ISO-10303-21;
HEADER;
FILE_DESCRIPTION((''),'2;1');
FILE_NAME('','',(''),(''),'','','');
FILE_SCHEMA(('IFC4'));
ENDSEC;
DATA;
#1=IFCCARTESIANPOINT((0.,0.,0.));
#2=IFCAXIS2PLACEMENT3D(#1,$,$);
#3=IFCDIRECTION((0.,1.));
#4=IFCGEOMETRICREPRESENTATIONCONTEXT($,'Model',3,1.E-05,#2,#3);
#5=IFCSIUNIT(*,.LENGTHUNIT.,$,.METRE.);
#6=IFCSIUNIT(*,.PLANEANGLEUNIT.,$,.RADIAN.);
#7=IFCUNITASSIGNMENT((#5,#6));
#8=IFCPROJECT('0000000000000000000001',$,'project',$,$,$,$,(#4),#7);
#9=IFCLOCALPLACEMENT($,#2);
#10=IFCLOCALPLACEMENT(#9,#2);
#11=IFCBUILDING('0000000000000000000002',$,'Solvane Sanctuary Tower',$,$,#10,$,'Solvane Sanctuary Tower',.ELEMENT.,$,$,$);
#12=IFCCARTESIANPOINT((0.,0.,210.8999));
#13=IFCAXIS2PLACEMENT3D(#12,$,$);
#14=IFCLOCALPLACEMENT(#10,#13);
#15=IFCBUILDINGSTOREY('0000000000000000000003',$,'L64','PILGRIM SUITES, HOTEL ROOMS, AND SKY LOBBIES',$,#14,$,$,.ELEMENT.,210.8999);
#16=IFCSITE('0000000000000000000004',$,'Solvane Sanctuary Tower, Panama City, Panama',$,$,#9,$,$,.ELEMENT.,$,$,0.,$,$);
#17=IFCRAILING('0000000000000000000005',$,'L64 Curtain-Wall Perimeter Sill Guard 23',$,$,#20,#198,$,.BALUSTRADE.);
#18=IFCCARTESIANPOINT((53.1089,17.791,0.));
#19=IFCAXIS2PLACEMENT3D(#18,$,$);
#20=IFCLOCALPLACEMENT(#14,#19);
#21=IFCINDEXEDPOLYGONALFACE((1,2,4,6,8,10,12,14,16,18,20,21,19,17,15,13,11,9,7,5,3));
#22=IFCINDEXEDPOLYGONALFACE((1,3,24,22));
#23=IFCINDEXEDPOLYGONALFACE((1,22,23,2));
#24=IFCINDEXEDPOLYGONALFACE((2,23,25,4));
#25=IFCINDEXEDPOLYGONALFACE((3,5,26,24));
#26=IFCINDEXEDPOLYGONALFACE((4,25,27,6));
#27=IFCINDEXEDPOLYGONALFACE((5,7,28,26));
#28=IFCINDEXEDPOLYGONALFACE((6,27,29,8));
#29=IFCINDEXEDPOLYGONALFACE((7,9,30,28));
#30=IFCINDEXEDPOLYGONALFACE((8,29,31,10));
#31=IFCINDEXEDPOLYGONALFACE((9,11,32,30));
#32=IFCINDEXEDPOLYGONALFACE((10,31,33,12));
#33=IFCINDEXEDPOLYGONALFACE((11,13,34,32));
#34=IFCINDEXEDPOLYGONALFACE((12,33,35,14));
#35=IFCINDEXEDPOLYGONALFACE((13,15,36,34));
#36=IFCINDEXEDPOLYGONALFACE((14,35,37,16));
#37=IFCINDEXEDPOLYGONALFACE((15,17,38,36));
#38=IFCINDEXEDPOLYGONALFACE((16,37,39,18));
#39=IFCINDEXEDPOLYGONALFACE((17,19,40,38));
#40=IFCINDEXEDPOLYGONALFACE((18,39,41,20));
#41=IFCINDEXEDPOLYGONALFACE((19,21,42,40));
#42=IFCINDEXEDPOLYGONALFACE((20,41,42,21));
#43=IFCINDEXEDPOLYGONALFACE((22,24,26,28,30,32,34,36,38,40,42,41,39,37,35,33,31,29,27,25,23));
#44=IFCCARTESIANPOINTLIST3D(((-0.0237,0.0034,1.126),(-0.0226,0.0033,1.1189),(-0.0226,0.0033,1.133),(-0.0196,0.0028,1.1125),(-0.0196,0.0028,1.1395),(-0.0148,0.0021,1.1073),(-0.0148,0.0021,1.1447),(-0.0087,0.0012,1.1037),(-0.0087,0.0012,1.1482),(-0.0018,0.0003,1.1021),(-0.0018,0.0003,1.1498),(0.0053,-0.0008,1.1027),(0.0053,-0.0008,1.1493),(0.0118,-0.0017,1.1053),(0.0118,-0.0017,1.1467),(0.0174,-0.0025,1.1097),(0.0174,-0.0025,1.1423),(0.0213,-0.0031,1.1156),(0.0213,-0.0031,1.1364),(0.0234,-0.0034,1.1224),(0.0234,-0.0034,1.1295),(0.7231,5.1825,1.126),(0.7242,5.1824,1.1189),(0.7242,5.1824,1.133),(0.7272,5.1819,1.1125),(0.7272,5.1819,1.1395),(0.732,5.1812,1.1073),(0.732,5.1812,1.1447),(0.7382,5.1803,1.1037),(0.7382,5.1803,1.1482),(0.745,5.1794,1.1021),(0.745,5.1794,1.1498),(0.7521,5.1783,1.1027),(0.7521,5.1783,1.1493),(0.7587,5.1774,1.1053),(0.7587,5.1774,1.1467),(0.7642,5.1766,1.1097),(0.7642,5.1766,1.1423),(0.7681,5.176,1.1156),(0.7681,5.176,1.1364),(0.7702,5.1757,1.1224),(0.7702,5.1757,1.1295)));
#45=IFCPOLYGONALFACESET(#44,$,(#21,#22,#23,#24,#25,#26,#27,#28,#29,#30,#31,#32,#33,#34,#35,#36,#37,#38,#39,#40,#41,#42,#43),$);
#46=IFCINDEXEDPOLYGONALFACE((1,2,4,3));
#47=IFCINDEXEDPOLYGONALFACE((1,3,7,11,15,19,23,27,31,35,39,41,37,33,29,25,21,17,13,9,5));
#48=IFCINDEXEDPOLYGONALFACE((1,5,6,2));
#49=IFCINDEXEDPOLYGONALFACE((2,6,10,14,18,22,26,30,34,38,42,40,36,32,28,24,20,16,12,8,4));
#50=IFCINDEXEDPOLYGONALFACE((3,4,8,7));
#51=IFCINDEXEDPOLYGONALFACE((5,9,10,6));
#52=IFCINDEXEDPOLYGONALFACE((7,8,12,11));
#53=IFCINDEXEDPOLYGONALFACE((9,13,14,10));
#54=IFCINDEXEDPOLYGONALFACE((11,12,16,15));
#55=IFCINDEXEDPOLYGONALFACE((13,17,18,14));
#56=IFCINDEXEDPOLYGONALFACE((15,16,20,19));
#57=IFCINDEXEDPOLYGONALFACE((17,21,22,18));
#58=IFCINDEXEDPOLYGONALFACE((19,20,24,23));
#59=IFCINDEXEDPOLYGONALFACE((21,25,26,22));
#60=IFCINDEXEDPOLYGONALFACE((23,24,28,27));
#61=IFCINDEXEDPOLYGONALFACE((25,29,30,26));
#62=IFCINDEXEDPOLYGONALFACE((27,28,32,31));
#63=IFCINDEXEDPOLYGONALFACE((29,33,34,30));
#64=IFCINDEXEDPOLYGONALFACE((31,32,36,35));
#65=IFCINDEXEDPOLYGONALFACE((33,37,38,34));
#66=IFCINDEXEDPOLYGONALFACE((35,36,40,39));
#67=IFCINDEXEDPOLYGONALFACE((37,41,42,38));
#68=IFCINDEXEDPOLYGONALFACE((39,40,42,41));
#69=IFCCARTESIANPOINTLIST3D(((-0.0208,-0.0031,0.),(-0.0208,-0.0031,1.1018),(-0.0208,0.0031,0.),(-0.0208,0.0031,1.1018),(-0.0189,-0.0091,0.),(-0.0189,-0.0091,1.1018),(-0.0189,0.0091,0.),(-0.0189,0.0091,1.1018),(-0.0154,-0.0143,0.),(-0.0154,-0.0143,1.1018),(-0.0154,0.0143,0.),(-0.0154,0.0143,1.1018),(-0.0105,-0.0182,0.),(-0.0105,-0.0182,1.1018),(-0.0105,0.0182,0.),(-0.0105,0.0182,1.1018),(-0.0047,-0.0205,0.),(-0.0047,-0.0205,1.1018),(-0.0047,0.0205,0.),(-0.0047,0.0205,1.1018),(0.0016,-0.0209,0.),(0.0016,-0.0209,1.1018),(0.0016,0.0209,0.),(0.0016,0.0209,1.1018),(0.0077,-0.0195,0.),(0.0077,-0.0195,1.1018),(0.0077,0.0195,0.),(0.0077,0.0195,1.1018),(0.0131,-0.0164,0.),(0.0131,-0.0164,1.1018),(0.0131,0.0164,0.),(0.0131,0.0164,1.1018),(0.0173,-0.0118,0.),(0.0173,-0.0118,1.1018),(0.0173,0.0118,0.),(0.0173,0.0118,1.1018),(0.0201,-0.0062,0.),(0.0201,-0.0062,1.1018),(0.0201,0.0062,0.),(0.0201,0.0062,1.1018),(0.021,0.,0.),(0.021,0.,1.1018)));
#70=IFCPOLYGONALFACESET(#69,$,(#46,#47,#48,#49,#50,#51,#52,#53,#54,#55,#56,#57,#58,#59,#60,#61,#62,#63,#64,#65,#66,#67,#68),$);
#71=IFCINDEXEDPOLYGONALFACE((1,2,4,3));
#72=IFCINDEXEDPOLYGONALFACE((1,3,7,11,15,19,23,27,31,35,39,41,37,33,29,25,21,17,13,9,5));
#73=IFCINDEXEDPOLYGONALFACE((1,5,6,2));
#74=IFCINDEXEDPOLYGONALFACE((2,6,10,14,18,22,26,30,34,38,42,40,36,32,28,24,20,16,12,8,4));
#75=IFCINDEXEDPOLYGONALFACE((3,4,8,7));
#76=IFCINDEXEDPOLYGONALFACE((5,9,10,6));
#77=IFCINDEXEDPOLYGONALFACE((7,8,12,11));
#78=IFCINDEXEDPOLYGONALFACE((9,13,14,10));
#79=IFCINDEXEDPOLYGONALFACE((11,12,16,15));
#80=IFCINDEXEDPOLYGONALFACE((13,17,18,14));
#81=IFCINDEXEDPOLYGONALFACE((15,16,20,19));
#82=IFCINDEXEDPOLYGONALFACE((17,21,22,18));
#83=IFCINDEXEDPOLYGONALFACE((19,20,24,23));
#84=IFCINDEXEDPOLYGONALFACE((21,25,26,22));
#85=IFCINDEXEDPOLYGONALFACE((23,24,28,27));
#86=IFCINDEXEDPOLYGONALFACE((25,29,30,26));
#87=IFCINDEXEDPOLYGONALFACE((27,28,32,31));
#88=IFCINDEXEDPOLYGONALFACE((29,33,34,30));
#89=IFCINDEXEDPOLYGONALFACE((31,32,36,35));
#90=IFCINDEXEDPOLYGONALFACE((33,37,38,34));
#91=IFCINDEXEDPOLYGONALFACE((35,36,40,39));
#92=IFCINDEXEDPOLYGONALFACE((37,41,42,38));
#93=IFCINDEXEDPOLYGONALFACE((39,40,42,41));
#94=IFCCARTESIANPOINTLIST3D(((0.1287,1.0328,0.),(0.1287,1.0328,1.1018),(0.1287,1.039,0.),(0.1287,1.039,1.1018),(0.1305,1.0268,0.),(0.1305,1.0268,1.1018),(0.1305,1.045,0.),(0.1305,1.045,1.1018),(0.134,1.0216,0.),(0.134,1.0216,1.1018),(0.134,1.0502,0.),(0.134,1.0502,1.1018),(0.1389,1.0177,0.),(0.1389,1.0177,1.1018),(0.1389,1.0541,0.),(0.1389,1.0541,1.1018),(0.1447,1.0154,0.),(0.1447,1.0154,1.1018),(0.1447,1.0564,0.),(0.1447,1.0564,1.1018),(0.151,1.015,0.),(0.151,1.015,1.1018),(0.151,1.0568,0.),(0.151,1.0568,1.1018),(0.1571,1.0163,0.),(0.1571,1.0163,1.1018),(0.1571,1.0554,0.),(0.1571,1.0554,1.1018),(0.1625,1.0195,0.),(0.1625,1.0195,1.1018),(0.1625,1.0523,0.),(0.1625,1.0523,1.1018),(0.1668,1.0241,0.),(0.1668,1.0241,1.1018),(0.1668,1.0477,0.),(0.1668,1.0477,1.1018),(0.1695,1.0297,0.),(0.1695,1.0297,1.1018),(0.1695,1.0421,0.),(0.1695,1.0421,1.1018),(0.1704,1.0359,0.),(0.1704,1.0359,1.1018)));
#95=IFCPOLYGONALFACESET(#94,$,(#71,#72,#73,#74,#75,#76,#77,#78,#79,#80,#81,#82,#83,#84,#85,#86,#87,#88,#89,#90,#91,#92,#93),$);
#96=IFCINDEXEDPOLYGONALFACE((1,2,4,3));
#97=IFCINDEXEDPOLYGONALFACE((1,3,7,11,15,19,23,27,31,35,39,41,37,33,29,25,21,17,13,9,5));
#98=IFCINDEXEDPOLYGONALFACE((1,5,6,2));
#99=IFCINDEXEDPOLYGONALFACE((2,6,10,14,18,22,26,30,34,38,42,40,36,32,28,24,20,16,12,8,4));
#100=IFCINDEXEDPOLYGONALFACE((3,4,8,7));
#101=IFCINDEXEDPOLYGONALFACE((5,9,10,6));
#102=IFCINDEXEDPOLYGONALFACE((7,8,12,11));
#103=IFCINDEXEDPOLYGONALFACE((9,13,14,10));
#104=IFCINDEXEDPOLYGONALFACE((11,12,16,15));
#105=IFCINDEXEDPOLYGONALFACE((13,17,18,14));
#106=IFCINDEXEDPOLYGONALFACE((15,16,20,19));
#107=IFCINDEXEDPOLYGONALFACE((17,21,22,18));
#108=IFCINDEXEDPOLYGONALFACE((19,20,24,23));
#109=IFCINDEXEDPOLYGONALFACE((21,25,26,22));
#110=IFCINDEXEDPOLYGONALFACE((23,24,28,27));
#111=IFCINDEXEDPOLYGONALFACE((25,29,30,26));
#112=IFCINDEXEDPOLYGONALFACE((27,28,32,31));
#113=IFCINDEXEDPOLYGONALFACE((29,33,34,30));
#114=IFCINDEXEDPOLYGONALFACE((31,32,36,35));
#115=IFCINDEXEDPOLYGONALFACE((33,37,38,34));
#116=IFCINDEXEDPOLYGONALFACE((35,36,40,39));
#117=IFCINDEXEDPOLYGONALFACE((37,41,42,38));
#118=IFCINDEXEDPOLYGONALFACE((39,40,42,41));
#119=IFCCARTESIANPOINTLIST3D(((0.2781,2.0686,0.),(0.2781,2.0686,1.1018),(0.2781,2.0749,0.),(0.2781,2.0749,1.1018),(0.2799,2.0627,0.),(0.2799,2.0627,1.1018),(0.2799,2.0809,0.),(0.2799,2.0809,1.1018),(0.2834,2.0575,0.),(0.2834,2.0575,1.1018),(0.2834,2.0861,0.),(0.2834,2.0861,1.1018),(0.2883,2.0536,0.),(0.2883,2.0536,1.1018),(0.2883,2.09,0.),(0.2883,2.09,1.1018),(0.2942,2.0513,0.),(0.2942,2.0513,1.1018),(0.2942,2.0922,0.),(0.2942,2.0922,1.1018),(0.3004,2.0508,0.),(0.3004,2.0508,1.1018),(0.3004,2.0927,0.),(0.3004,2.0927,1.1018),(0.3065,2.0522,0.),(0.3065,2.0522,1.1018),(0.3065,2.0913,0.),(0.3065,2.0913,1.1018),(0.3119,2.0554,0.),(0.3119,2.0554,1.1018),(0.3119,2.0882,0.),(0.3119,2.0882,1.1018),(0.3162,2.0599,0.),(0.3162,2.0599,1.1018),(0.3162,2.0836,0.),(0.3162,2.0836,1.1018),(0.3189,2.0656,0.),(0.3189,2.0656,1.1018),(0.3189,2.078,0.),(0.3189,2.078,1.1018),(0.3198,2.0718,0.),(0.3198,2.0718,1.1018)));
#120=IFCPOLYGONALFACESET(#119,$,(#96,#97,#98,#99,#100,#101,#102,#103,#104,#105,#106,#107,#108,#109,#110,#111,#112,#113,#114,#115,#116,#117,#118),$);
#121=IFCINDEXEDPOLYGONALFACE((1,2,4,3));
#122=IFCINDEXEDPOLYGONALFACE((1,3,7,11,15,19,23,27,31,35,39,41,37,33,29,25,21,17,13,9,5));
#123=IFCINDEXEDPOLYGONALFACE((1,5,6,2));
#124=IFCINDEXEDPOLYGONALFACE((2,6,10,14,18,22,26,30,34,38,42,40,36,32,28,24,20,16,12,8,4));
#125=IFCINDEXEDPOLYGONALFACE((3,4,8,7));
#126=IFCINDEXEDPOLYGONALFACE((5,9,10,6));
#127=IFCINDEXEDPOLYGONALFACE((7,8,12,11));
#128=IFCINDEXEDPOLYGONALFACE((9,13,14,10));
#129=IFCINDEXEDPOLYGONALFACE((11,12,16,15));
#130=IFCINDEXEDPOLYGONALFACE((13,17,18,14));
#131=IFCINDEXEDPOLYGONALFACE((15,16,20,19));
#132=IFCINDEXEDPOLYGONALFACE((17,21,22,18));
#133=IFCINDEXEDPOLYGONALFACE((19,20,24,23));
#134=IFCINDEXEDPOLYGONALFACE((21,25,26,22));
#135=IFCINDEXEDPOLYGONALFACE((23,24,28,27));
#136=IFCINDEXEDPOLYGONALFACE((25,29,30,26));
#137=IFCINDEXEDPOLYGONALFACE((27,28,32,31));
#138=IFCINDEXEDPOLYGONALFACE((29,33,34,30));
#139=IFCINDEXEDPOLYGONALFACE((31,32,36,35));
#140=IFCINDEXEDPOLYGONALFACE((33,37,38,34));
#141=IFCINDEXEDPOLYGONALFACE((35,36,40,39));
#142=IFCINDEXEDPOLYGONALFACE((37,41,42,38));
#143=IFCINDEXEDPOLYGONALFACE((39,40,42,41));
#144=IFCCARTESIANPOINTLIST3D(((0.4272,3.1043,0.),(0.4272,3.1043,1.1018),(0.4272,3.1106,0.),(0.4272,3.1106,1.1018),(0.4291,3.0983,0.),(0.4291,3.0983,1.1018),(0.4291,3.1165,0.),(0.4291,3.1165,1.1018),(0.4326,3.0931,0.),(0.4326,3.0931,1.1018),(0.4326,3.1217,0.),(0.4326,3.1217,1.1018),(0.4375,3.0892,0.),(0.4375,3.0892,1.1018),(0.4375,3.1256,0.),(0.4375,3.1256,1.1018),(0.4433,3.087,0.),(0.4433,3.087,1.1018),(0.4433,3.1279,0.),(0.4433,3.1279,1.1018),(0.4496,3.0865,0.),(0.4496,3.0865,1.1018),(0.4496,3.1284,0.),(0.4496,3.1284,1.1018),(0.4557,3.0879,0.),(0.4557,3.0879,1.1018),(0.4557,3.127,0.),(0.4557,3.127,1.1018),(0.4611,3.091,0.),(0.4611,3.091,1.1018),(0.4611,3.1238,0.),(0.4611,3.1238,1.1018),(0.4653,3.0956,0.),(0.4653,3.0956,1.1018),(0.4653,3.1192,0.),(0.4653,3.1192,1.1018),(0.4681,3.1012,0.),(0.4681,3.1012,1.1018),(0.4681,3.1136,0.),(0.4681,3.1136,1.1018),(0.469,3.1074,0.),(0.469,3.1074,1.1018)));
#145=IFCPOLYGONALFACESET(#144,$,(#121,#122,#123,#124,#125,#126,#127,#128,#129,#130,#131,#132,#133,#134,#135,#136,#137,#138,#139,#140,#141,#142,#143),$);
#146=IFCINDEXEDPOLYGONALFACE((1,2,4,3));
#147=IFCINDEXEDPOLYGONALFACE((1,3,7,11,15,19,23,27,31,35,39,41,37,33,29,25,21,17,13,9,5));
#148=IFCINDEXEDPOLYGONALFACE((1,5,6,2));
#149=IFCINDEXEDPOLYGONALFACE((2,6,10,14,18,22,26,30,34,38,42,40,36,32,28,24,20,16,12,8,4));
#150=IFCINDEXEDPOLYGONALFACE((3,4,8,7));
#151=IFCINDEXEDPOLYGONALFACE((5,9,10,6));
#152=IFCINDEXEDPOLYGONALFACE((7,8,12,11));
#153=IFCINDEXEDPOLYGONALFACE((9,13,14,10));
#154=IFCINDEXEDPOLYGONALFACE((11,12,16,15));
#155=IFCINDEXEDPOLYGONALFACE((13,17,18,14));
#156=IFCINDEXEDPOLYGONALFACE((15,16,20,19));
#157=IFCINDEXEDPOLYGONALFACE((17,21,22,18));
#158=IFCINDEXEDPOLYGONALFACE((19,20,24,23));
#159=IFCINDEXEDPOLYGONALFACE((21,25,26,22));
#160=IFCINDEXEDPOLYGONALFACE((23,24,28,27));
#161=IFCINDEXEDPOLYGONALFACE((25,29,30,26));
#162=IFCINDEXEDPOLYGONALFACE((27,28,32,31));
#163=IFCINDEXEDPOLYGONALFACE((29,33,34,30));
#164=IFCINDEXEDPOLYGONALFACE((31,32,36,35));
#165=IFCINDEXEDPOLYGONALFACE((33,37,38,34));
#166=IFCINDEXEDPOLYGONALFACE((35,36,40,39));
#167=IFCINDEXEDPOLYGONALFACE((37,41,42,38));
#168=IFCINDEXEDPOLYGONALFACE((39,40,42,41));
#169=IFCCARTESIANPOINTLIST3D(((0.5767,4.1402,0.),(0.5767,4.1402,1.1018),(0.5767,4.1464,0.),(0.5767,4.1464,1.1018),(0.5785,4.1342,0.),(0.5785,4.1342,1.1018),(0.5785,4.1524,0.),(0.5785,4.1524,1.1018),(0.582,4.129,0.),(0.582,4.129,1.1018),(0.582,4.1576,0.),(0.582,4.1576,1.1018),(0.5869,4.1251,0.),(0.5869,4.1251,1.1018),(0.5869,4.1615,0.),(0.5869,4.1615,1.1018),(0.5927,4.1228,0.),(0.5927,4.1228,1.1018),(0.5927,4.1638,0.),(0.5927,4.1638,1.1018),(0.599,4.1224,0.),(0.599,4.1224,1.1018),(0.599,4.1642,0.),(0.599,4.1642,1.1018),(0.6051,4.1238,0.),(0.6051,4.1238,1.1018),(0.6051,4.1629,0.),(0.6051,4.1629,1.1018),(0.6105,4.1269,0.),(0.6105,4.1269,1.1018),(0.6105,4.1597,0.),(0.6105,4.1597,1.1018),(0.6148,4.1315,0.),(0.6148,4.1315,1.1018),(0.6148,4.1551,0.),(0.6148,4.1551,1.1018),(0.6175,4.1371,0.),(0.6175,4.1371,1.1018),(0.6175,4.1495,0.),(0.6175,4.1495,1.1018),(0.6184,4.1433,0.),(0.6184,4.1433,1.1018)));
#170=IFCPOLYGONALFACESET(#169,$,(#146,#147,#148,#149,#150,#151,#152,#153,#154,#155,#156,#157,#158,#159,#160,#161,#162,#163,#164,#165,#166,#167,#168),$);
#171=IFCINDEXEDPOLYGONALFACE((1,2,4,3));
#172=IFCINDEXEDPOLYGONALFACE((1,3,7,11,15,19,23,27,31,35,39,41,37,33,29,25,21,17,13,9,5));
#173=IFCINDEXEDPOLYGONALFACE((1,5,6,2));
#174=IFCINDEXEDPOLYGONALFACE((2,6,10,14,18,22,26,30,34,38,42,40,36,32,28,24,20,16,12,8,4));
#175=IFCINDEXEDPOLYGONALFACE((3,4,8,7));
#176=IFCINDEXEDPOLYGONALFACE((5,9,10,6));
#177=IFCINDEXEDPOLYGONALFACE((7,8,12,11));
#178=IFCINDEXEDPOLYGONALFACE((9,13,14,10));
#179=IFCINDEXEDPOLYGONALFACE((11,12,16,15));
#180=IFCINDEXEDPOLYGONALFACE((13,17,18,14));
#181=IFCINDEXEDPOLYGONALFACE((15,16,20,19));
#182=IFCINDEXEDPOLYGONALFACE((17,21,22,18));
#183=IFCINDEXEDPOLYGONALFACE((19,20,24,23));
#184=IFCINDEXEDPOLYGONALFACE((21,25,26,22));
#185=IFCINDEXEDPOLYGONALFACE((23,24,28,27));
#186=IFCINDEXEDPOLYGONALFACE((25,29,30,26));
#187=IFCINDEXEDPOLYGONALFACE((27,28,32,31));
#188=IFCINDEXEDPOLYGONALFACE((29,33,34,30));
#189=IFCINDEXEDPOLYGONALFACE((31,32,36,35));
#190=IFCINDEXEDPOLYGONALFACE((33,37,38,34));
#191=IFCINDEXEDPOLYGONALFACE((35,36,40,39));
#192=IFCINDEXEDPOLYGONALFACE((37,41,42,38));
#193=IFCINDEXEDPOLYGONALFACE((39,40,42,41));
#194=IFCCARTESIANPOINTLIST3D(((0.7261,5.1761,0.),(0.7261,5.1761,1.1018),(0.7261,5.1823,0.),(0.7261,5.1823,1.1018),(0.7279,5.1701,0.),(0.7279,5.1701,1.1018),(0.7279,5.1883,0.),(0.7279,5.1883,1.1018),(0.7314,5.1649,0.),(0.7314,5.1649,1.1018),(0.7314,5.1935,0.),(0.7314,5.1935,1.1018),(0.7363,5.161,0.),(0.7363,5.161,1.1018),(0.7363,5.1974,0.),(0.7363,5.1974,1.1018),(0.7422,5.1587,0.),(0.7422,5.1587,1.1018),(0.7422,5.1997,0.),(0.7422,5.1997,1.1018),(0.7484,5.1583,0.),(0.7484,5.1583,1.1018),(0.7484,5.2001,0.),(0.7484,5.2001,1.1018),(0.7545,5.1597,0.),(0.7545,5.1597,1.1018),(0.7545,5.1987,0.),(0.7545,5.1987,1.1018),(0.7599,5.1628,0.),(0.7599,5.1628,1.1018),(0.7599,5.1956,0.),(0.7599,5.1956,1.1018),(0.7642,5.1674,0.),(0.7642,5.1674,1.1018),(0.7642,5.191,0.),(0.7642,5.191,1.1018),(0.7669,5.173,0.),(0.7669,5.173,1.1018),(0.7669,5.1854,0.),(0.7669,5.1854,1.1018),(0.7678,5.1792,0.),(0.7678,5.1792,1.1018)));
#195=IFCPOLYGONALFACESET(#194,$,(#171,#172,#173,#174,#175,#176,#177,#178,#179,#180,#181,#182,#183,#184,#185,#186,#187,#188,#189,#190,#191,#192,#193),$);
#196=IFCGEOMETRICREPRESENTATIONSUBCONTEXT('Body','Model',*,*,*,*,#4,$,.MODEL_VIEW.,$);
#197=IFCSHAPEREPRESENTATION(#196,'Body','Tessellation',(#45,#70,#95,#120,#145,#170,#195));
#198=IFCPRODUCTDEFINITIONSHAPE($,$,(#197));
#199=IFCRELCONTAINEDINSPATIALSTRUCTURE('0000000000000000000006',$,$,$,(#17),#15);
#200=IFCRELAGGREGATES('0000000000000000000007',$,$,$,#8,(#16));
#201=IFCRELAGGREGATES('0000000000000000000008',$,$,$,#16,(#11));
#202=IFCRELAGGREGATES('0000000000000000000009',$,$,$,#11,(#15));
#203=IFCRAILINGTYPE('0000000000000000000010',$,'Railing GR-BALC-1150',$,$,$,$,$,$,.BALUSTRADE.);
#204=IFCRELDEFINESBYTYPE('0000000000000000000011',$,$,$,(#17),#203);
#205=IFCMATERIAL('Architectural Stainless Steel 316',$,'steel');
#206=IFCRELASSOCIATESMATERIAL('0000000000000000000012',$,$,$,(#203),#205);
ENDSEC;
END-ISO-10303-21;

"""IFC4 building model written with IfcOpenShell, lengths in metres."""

from ifc_helpers import new_model, si_unit, direction, frame, origin, origin_2d, place, context, subcontext, project, spatial, circle, extrude, material, type_object, element, save


model = new_model("IFC4")

# Units and contexts
model_context = context("Model", 3, precision=1e-05, world=origin(), true_north=direction((0.0, 1.0)))
body_context = subcontext(model_context, "Body", "Model", "MODEL_VIEW")
ifc_project = project(units=[si_unit("LENGTHUNIT", "METRE"), si_unit("PLANEANGLEUNIT", "RADIAN")], contexts=[model_context])

# Site, building, storey
site_placement = place(None, origin())
site = spatial("IfcSite", under=ifc_project, at=site_placement, Name="Solvane Sanctuary Tower, Panama City, Panama", CompositionType="ELEMENT", RefElevation=0.0)
building_placement = place(site_placement, origin())
building = spatial("IfcBuilding", under=site, at=building_placement, Name="Solvane Sanctuary Tower", LongName="Solvane Sanctuary Tower", CompositionType="ELEMENT")
storey_placement = place(building_placement, frame((0.0, 0.0, 210.8999)))
storey = spatial("IfcBuildingStorey", under=building, at=storey_placement, Name="L64", Description="PILGRIM SUITES, HOTEL ROOMS, AND SKY LOBBIES", CompositionType="ELEMENT", Elevation=210.8999)

# Shared definitions
ifc_material_1 = material(Name="Architectural Stainless Steel 316", Category="steel")

# Railing
railing_type_1 = type_object("IfcRailingType", Name="Railing GR-BALC-1150", PredefinedType="BALUSTRADE", material=ifc_material_1)
railing_1_placement = place(storey_placement, frame((53.1089, 17.791, 0.0)))
element("IfcRailing", 1, at=railing_1_placement, inside=storey, type_object=railing_type_1, Name="L64 Curtain-Wall Perimeter Sill Guard 23", PredefinedType="BALUSTRADE", context=body_context, shape_type="SweptSolid", body=[
    extrude(circle(Radius=0.0239, at=origin_2d()), frame((0.0, 0.0, 1.126), z_axis=(0.142721, 0.989763, 0.0), x_axis=(-0.989763, 0.142721, 0.0)), (0.0, 0.0, 1.0), 5.2327),
    extrude(circle(Radius=0.021, at=origin_2d()), origin(), (0.0, 0.0, 1.0), 1.1018),
    extrude(circle(Radius=0.021, at=origin_2d()), frame((0.1494, 1.0359, 0.0)), (0.0, 0.0, 1.0), 1.1018),
    extrude(circle(Radius=0.021, at=origin_2d()), frame((0.2988, 2.0718, 0.0)), (0.0, 0.0, 1.0), 1.1018),
    extrude(circle(Radius=0.021, at=origin_2d()), frame((0.448, 3.1074, 0.0)), (0.0, 0.0, 1.0), 1.1018),
    extrude(circle(Radius=0.021, at=origin_2d()), frame((0.5974, 4.1433, 0.0)), (0.0, 0.0, 1.0), 1.1018),
    extrude(circle(Radius=0.021, at=origin_2d()), frame((0.7468, 5.1792, 0.0)), (0.0, 0.0, 1.0), 1.1018),
])

save(model, "model.ifc")
